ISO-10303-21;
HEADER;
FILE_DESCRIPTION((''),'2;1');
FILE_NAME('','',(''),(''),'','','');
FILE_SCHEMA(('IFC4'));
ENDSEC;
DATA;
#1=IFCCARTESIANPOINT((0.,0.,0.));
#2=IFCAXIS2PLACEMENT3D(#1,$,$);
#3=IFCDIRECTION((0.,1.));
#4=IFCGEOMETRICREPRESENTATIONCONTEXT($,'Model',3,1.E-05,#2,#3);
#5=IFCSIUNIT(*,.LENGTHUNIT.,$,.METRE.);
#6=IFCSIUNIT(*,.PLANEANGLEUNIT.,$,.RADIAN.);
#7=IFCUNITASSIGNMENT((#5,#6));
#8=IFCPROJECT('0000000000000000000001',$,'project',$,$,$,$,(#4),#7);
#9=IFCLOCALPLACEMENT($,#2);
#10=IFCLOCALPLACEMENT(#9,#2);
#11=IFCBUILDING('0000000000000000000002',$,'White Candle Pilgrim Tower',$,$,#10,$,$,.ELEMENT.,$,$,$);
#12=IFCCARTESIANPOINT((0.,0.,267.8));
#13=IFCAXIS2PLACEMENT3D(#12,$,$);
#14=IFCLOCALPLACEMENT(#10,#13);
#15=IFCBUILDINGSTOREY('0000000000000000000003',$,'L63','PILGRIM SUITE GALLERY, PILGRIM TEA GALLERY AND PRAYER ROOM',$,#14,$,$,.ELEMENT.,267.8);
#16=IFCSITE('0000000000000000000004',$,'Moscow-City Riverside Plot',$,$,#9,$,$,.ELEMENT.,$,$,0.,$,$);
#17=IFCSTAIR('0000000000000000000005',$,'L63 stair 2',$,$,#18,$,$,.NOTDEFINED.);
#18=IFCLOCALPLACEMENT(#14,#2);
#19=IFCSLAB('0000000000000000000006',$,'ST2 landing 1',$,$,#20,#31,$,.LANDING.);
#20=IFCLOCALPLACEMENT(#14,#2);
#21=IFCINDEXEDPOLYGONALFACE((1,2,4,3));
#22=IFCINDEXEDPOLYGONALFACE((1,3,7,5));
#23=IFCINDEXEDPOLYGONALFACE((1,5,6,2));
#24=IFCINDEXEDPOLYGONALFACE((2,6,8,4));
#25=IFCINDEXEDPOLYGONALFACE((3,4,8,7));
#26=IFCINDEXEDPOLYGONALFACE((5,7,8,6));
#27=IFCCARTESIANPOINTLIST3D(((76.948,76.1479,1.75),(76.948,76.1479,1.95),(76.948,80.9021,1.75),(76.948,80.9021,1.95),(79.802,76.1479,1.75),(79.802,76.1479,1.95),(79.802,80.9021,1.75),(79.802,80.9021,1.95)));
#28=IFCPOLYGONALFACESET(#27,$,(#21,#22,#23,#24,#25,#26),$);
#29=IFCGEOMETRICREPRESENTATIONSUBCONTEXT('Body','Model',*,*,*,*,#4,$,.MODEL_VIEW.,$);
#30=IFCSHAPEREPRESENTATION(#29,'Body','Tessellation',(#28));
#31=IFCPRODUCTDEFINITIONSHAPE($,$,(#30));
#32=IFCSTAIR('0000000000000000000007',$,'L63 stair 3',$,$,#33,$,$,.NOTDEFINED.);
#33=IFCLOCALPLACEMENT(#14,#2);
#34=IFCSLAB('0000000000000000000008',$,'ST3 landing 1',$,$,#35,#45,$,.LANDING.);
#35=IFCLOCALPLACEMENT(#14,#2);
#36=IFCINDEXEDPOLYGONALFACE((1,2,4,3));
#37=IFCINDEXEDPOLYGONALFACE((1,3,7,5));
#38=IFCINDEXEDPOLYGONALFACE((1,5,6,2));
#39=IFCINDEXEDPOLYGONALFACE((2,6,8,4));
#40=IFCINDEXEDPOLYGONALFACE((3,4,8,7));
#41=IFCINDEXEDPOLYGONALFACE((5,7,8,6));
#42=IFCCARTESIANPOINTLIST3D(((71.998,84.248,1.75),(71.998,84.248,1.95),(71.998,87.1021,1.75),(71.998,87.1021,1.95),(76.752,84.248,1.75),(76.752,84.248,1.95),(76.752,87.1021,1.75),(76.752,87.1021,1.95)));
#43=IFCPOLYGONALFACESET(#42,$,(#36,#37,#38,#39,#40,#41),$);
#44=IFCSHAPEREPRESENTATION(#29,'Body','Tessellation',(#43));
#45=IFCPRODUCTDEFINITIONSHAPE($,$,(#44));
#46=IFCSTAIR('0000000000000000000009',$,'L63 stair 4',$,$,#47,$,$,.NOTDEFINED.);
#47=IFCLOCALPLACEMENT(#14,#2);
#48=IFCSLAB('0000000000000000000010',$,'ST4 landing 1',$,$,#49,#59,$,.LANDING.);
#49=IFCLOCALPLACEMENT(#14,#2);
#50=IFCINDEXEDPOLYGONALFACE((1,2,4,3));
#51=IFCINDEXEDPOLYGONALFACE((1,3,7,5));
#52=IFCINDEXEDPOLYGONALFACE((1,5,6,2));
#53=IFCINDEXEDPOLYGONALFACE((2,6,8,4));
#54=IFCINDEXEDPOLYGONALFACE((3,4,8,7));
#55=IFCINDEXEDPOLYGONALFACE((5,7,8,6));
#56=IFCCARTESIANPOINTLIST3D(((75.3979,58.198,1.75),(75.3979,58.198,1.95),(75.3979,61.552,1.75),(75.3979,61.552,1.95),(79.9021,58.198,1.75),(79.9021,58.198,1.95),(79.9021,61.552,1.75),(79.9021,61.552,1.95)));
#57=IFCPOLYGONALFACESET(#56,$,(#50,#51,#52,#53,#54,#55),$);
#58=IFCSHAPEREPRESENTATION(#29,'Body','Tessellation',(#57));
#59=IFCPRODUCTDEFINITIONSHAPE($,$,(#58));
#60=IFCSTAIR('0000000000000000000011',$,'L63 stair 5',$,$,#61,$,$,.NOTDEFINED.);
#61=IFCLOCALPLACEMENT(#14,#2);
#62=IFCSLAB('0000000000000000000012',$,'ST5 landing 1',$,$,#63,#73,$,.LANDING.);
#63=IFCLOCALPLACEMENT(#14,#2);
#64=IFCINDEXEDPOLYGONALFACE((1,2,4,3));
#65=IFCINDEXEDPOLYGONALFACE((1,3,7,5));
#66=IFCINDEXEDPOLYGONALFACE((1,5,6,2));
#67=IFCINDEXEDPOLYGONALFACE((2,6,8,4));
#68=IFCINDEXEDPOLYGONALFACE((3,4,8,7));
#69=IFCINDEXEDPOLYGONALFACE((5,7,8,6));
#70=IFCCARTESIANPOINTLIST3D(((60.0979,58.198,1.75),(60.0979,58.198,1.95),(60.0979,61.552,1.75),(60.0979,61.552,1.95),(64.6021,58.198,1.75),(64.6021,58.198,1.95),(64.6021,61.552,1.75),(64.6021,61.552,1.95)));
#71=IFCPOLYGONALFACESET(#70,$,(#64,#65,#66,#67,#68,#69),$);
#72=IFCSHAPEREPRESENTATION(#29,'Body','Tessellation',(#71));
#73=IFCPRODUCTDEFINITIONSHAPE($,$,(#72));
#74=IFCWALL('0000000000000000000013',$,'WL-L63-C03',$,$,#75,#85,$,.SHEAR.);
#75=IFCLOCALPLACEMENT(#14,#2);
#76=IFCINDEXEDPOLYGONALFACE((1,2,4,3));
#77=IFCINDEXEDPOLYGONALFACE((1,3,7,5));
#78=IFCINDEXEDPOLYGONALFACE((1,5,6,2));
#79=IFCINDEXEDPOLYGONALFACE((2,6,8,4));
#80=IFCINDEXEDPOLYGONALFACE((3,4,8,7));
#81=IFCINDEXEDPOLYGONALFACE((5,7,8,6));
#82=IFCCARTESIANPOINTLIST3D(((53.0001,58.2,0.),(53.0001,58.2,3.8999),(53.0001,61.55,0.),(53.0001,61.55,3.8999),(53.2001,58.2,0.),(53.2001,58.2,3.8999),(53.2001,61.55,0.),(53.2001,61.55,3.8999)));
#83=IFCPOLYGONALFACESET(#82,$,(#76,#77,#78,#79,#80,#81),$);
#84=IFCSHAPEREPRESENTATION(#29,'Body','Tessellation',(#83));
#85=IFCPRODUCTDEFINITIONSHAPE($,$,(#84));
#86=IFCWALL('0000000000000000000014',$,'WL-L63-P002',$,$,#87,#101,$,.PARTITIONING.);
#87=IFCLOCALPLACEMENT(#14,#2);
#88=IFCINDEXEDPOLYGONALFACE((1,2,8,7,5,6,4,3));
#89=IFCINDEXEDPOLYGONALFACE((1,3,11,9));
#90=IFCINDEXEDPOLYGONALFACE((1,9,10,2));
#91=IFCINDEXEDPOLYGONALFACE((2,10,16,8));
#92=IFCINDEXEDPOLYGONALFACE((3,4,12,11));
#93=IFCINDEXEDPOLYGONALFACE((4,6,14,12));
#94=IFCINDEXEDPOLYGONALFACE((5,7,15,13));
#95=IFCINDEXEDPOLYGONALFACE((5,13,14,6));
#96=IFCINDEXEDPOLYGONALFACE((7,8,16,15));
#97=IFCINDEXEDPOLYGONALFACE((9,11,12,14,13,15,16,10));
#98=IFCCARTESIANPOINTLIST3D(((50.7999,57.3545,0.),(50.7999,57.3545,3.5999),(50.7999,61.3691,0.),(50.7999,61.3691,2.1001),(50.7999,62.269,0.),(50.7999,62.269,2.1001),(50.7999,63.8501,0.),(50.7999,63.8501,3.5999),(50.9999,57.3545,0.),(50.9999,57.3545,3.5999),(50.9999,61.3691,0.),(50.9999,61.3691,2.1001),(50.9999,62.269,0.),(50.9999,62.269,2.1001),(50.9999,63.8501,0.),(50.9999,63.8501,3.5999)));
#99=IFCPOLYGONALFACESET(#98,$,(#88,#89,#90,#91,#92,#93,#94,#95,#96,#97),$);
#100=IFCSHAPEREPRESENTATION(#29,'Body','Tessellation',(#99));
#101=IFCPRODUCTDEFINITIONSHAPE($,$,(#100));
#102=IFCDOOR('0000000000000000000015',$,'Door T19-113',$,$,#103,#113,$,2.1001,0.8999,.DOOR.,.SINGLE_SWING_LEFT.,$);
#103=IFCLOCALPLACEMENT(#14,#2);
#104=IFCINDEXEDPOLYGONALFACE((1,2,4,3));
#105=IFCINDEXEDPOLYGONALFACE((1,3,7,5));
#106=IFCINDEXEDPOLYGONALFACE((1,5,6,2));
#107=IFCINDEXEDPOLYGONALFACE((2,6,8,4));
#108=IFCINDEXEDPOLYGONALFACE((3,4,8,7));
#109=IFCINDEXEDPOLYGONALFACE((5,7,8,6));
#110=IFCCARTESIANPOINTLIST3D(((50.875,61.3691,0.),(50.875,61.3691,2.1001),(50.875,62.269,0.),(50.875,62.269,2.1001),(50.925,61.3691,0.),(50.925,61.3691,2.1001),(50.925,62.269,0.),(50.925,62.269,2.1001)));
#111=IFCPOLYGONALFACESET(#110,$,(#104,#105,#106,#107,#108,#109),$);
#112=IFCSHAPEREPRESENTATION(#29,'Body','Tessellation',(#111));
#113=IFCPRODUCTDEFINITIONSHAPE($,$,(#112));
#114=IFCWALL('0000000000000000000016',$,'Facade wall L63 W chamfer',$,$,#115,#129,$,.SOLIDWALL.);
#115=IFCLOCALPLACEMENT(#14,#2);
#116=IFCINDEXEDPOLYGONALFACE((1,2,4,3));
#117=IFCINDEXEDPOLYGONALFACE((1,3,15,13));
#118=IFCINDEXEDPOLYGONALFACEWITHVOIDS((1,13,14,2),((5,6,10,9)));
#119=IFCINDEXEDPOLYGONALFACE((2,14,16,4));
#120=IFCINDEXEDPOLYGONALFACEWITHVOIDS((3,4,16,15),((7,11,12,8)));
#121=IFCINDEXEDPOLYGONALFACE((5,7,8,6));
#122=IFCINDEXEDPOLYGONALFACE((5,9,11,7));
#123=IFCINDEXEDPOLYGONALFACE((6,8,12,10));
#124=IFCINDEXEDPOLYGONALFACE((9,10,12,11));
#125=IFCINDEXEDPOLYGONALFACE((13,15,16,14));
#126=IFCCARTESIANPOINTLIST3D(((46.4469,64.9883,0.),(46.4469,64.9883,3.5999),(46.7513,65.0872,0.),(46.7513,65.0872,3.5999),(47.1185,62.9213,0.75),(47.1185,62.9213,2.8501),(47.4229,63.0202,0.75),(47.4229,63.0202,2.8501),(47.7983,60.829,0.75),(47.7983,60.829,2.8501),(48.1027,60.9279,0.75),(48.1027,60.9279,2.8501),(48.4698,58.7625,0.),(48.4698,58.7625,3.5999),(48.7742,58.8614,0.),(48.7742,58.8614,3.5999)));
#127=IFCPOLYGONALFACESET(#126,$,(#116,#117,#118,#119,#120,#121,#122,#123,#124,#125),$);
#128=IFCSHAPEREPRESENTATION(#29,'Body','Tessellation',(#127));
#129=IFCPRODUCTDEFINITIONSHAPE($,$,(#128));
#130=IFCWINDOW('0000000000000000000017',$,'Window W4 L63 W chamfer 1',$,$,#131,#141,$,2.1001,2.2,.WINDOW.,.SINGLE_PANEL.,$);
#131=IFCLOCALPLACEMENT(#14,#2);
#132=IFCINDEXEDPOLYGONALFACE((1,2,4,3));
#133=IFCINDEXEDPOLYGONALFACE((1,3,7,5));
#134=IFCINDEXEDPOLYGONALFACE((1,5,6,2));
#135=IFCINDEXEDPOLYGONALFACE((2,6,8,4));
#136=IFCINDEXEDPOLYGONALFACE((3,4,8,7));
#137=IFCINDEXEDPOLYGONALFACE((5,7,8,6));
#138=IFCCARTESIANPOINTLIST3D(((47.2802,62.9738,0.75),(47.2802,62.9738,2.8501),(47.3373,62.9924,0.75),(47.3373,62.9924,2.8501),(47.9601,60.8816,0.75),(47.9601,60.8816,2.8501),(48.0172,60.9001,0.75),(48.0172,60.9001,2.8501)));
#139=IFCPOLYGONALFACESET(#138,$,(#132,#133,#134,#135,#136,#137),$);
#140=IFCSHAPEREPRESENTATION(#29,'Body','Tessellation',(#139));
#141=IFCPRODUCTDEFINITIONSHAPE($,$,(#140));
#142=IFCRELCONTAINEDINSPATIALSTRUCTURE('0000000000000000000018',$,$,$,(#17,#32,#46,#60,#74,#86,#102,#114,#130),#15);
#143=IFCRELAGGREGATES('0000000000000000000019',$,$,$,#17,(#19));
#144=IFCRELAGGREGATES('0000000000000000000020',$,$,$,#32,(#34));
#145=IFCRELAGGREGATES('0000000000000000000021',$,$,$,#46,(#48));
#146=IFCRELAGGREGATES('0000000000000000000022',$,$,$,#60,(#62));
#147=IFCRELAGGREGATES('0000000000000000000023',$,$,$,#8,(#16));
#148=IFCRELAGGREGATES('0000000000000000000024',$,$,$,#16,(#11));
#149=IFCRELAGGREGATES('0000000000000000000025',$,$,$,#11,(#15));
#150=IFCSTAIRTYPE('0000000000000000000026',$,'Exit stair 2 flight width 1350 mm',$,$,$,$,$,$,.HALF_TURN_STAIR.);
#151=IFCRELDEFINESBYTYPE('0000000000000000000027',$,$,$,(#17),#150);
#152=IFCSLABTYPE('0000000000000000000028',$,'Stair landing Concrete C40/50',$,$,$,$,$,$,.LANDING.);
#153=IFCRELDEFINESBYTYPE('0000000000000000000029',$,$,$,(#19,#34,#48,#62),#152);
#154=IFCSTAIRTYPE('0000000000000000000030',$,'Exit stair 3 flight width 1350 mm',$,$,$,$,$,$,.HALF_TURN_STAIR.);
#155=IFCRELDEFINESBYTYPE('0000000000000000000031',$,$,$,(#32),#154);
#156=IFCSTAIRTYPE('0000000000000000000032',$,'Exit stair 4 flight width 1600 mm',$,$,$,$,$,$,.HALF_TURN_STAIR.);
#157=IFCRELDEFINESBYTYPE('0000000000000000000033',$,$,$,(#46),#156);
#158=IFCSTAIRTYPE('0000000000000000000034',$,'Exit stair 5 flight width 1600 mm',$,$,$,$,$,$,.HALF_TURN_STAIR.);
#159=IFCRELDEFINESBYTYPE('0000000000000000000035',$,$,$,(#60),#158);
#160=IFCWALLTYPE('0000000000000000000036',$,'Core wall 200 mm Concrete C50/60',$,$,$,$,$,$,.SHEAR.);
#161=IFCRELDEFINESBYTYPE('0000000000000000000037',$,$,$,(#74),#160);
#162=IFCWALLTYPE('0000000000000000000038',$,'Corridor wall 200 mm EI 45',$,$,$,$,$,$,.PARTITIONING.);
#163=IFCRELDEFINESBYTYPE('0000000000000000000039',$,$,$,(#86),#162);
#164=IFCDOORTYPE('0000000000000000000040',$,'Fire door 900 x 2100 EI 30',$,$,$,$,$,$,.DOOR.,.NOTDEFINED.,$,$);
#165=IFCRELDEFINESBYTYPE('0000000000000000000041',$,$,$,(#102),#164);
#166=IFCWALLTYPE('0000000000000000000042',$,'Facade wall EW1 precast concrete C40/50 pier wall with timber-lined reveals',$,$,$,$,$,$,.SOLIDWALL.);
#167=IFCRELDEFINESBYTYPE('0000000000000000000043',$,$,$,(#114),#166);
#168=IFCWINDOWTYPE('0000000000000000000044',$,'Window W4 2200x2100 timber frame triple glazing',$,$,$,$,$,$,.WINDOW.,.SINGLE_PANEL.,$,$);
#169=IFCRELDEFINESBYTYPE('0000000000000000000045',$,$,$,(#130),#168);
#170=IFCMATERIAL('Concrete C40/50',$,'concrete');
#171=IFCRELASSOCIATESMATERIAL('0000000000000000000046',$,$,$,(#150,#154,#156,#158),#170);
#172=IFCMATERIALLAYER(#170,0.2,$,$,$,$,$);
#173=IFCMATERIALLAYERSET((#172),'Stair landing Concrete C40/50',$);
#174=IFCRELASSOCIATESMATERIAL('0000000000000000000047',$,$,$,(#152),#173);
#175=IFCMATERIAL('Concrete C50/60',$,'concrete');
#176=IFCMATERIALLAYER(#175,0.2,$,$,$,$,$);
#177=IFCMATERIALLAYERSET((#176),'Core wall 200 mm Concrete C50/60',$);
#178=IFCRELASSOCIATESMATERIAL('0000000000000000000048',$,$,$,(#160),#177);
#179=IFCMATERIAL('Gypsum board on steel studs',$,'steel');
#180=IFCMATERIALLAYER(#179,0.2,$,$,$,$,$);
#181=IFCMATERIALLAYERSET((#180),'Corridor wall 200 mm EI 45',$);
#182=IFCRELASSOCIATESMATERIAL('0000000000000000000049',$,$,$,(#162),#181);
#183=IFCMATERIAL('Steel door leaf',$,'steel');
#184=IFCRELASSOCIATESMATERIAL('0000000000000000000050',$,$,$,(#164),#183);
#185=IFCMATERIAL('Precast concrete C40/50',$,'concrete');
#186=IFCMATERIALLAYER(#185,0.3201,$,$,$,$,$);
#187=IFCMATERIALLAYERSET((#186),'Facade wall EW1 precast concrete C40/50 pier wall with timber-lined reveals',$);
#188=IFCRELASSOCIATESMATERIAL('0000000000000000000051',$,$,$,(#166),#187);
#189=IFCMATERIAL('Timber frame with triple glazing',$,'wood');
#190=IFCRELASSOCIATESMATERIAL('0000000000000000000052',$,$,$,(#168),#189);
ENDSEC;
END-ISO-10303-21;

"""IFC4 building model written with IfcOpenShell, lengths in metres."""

from ifc_helpers import new_model, si_unit, direction, frame, frame_2d, origin, place, context, subcontext, project, spatial, polyline, rectangle, outline, extrude, material, layer, layer_set, type_object, element, fill, aggregate, save


model = new_model("IFC4")

# Units and contexts
model_context = context("Model", 3, precision=1e-05, world=origin(), true_north=direction((0.0, 1.0)))
body_context = subcontext(model_context, "Body", "Model", "MODEL_VIEW")
ifc_project = project(units=[si_unit("LENGTHUNIT", "METRE"), si_unit("PLANEANGLEUNIT", "RADIAN")], contexts=[model_context])

# Site, building, storey
site_placement = place(None, origin())
site = spatial("IfcSite", under=ifc_project, at=site_placement, Name="Moscow-City Riverside Plot", CompositionType="ELEMENT", RefElevation=0.0)
building_placement = place(site_placement, origin())
building = spatial("IfcBuilding", under=site, at=building_placement, Name="White Candle Pilgrim Tower", CompositionType="ELEMENT")
storey_placement = place(building_placement, frame((0.0, 0.0, 267.8)))
storey = spatial("IfcBuildingStorey", under=building, at=storey_placement, Name="L63", Description="PILGRIM SUITE GALLERY, PILGRIM TEA GALLERY AND PRAYER ROOM", CompositionType="ELEMENT", Elevation=267.8)

# Stairs, slabs
ifc_material_1 = material(Name="Concrete C40/50", Category="concrete")
stair_type_1 = type_object("IfcStairType", Name="Exit stair 2 flight width 1350 mm", PredefinedType="HALF_TURN_STAIR", material=ifc_material_1)
stair_1_placement = place(storey_placement, origin())
stair_1 = element("IfcStair", 1, at=stair_1_placement, inside=storey, type_object=stair_type_1, Name="L63 stair 2", PredefinedType="NOTDEFINED")
ifc_layer_1 = layer(ifc_material_1, 0.2)
ifc_layer_set_1 = layer_set([ifc_layer_1], Name="Stair landing Concrete C40/50")
slab_type = type_object("IfcSlabType", Name="Stair landing Concrete C40/50", PredefinedType="LANDING", material=ifc_layer_set_1)
slab_1_placement = place(storey_placement, frame((0.0, 0.0, 1.75)))
slab_1 = element("IfcSlab", 2, at=slab_1_placement, type_object=slab_type, Name="ST2 landing 1", PredefinedType="LANDING", context=body_context, shape_type="SweptSolid", body=[
    extrude(outline(polyline([(79.802, 76.1479), (76.948, 76.1479), (76.948, 80.9021), (79.802, 80.9021), (79.802, 76.1479)])), origin(), (0.0, 0.0, 1.0), 0.2),
])
aggregate(stair_1, [slab_1])
stair_type_2 = type_object("IfcStairType", Name="Exit stair 3 flight width 1350 mm", PredefinedType="HALF_TURN_STAIR", material=ifc_material_1)
stair_2_placement = place(storey_placement, origin())
stair_2 = element("IfcStair", 3, at=stair_2_placement, inside=storey, type_object=stair_type_2, Name="L63 stair 3", PredefinedType="NOTDEFINED")
slab_2_placement = place(storey_placement, frame((0.0, 0.0, 1.75)))
slab_2 = element("IfcSlab", 4, at=slab_2_placement, type_object=slab_type, Name="ST3 landing 1", PredefinedType="LANDING", context=body_context, shape_type="SweptSolid", body=[
    extrude(outline(polyline([(71.998, 84.248), (71.998, 87.1021), (76.752, 87.1021), (76.752, 84.248), (71.998, 84.248)])), origin(), (0.0, 0.0, 1.0), 0.2),
])
aggregate(stair_2, [slab_2])
stair_type_3 = type_object("IfcStairType", Name="Exit stair 4 flight width 1600 mm", PredefinedType="HALF_TURN_STAIR", material=ifc_material_1)
stair_3_placement = place(storey_placement, origin())
stair_3 = element("IfcStair", 5, at=stair_3_placement, inside=storey, type_object=stair_type_3, Name="L63 stair 4", PredefinedType="NOTDEFINED")
slab_3_placement = place(storey_placement, frame((0.0, 0.0, 1.75)))
slab_3 = element("IfcSlab", 6, at=slab_3_placement, type_object=slab_type, Name="ST4 landing 1", PredefinedType="LANDING", context=body_context, shape_type="SweptSolid", body=[
    extrude(outline(polyline([(79.9021, 61.552), (79.9021, 58.198), (75.3979, 58.198), (75.3979, 61.552), (79.9021, 61.552)])), origin(), (0.0, 0.0, 1.0), 0.2),
])
aggregate(stair_3, [slab_3])
stair_type_4 = type_object("IfcStairType", Name="Exit stair 5 flight width 1600 mm", PredefinedType="HALF_TURN_STAIR", material=ifc_material_1)
stair_4_placement = place(storey_placement, origin())
stair_4 = element("IfcStair", 7, at=stair_4_placement, inside=storey, type_object=stair_type_4, Name="L63 stair 5", PredefinedType="NOTDEFINED")
slab_4_placement = place(storey_placement, frame((0.0, 0.0, 1.75)))
slab_4 = element("IfcSlab", 8, at=slab_4_placement, type_object=slab_type, Name="ST5 landing 1", PredefinedType="LANDING", context=body_context, shape_type="SweptSolid", body=[
    extrude(outline(polyline([(60.0979, 58.198), (60.0979, 61.552), (64.6021, 61.552), (64.6021, 58.198), (60.0979, 58.198)])), origin(), (0.0, 0.0, 1.0), 0.2),
])
aggregate(stair_4, [slab_4])

# Wall
ifc_material_2 = material(Name="Concrete C50/60", Category="concrete")
ifc_layer_2 = layer(ifc_material_2, 0.2)
ifc_layer_set_2 = layer_set([ifc_layer_2], Name="Core wall 200 mm Concrete C50/60")
wall_type_1 = type_object("IfcWallType", Name="Core wall 200 mm Concrete C50/60", PredefinedType="SHEAR", material=ifc_layer_set_2)
wall_1_placement = place(storey_placement, frame((53.1001, 58.2, 0.0), z_axis=(0.0, 0.0, 1.0), x_axis=(0.0, 1.0, 0.0)))
element("IfcWall", 9, at=wall_1_placement, inside=storey, type_object=wall_type_1, Name="WL-L63-C03", PredefinedType="SHEAR", context=body_context, shape_type="SweptSolid", body=[
    extrude(rectangle(XDim=3.3501, YDim=0.2, at=frame_2d((1.675, 0.0))), origin(), (0.0, 0.0, 1.0), 3.8999),
])

# Wall, opening, door
ifc_material_3 = material(Name="Gypsum board on steel studs", Category="steel")
ifc_layer_3 = layer(ifc_material_3, 0.2)
ifc_layer_set_3 = layer_set([ifc_layer_3], Name="Corridor wall 200 mm EI 45")
wall_type_2 = type_object("IfcWallType", Name="Corridor wall 200 mm EI 45", PredefinedType="PARTITIONING", material=ifc_layer_set_3)
wall_2_placement = place(storey_placement, frame((50.8999, 57.3545, 0.0), z_axis=(0.0, 0.0, 1.0), x_axis=(0.0, 1.0, 0.0)))
wall_2 = element("IfcWall", 10, at=wall_2_placement, inside=storey, type_object=wall_type_2, Name="WL-L63-P002", PredefinedType="PARTITIONING", context=body_context, shape_type="SweptSolid", body=[
    extrude(rectangle(XDim=6.4956, YDim=0.2, at=frame_2d((3.2478, 0.0))), origin(), (0.0, 0.0, 1.0), 3.5999),
])
opening_1_placement = place(wall_2_placement, frame((4.0146, 0.0, 0.0)))
opening_1 = element("IfcOpeningElement", 11, at=opening_1_placement, cuts=wall_2, PredefinedType="OPENING", context=body_context, shape_type="SweptSolid", body=[
    extrude(rectangle(XDim=0.8999, YDim=2.1001, at=frame_2d((0.45, 1.05))), frame((0.0, 0.1099, 0.0), z_axis=(0.0, -1.0, 0.0), x_axis=(1.0, 0.0, 0.0)), (0.0, 0.0, 1.0), 0.22),
])
ifc_material_4 = material(Name="Steel door leaf", Category="steel")
door_type_1 = type_object("IfcDoorType", Name="Fire door 900 x 2100 EI 30", OperationType="NOTDEFINED", PredefinedType="DOOR", material=ifc_material_4)
door_1_placement = place(opening_1_placement, origin())
door_1 = element("IfcDoor", 12, at=door_1_placement, inside=storey, type_object=door_type_1, Name="Door T19-113", OperationType="SINGLE_SWING_LEFT", OverallHeight=2.1001, OverallWidth=0.8999, PredefinedType="DOOR", context=body_context, shape_type="SweptSolid", body=[
    extrude(rectangle(XDim=0.8999, YDim=2.1001, at=frame_2d((0.45, 1.05))), frame((0.0, 0.0249, 0.0), z_axis=(0.0, -1.0, 0.0), x_axis=(1.0, 0.0, 0.0)), (0.0, 0.0, 1.0), 0.05),
])
fill(opening_1, door_1)

# Wall, opening, window
ifc_material_5 = material(Name="Precast concrete C40/50", Category="concrete")
ifc_layer_4 = layer(ifc_material_5, 0.3201)
ifc_layer_set_4 = layer_set([ifc_layer_4], Name="Facade wall EW1 precast concrete C40/50 pier wall with timber-lined reveals")
wall_type_3 = type_object("IfcWallType", Name="Facade wall EW1 precast concrete C40/50 pier wall with timber-lined reveals", PredefinedType="SOLIDWALL", material=ifc_layer_set_4)
wall_3_placement = place(storey_placement, frame((46.5991, 65.0376, 0.0), z_axis=(0.0, 0.0, 1.0), x_axis=(0.309025, -0.951054, 0.0)))
wall_3 = element("IfcWall", 13, at=wall_3_placement, inside=storey, type_object=wall_type_3, Name="Facade wall L63 W chamfer", PredefinedType="SOLIDWALL", context=body_context, shape_type="SweptSolid", body=[
    extrude(rectangle(XDim=6.5461, YDim=0.3201, at=frame_2d((3.2729, 0.0))), origin(), (0.0, 0.0, 1.0), 3.5999),
])
opening_2_placement = place(wall_3_placement, frame((2.1731, 0.0, 0.75)))
opening_2 = element("IfcOpeningElement", 14, at=opening_2_placement, cuts=wall_3, PredefinedType="OPENING", context=body_context, shape_type="SweptSolid", body=[
    extrude(rectangle(XDim=2.2, YDim=2.1001, at=frame_2d((1.1001, 1.05))), frame((0.0, 0.1699, 0.0), z_axis=(0.0, -1.0, 0.0), x_axis=(1.0, 0.0, 0.0)), (0.0, 0.0, 1.0), 0.3401),
])
ifc_material_6 = material(Name="Timber frame with triple glazing", Category="wood")
window_type_1 = type_object("IfcWindowType", Name="Window W4 2200x2100 timber frame triple glazing", PartitioningType="SINGLE_PANEL", PredefinedType="WINDOW", material=ifc_material_6)
window_1_placement = place(opening_2_placement, origin())
window_1 = element("IfcWindow", 15, at=window_1_placement, inside=storey, type_object=window_type_1, Name="Window W4 L63 W chamfer 1", OverallHeight=2.1001, OverallWidth=2.2, PartitioningType="SINGLE_PANEL", PredefinedType="WINDOW", context=body_context, shape_type="SweptSolid", body=[
    extrude(rectangle(XDim=2.2, YDim=2.1001, at=frame_2d((1.1001, 1.05))), frame((0.0, 0.0701, 0.0), z_axis=(0.0, -1.0, 0.0), x_axis=(1.0, 0.0, 0.0)), (0.0, 0.0, 1.0), 0.0601),
])
fill(opening_2, window_1)

save(model, "model.ifc")
